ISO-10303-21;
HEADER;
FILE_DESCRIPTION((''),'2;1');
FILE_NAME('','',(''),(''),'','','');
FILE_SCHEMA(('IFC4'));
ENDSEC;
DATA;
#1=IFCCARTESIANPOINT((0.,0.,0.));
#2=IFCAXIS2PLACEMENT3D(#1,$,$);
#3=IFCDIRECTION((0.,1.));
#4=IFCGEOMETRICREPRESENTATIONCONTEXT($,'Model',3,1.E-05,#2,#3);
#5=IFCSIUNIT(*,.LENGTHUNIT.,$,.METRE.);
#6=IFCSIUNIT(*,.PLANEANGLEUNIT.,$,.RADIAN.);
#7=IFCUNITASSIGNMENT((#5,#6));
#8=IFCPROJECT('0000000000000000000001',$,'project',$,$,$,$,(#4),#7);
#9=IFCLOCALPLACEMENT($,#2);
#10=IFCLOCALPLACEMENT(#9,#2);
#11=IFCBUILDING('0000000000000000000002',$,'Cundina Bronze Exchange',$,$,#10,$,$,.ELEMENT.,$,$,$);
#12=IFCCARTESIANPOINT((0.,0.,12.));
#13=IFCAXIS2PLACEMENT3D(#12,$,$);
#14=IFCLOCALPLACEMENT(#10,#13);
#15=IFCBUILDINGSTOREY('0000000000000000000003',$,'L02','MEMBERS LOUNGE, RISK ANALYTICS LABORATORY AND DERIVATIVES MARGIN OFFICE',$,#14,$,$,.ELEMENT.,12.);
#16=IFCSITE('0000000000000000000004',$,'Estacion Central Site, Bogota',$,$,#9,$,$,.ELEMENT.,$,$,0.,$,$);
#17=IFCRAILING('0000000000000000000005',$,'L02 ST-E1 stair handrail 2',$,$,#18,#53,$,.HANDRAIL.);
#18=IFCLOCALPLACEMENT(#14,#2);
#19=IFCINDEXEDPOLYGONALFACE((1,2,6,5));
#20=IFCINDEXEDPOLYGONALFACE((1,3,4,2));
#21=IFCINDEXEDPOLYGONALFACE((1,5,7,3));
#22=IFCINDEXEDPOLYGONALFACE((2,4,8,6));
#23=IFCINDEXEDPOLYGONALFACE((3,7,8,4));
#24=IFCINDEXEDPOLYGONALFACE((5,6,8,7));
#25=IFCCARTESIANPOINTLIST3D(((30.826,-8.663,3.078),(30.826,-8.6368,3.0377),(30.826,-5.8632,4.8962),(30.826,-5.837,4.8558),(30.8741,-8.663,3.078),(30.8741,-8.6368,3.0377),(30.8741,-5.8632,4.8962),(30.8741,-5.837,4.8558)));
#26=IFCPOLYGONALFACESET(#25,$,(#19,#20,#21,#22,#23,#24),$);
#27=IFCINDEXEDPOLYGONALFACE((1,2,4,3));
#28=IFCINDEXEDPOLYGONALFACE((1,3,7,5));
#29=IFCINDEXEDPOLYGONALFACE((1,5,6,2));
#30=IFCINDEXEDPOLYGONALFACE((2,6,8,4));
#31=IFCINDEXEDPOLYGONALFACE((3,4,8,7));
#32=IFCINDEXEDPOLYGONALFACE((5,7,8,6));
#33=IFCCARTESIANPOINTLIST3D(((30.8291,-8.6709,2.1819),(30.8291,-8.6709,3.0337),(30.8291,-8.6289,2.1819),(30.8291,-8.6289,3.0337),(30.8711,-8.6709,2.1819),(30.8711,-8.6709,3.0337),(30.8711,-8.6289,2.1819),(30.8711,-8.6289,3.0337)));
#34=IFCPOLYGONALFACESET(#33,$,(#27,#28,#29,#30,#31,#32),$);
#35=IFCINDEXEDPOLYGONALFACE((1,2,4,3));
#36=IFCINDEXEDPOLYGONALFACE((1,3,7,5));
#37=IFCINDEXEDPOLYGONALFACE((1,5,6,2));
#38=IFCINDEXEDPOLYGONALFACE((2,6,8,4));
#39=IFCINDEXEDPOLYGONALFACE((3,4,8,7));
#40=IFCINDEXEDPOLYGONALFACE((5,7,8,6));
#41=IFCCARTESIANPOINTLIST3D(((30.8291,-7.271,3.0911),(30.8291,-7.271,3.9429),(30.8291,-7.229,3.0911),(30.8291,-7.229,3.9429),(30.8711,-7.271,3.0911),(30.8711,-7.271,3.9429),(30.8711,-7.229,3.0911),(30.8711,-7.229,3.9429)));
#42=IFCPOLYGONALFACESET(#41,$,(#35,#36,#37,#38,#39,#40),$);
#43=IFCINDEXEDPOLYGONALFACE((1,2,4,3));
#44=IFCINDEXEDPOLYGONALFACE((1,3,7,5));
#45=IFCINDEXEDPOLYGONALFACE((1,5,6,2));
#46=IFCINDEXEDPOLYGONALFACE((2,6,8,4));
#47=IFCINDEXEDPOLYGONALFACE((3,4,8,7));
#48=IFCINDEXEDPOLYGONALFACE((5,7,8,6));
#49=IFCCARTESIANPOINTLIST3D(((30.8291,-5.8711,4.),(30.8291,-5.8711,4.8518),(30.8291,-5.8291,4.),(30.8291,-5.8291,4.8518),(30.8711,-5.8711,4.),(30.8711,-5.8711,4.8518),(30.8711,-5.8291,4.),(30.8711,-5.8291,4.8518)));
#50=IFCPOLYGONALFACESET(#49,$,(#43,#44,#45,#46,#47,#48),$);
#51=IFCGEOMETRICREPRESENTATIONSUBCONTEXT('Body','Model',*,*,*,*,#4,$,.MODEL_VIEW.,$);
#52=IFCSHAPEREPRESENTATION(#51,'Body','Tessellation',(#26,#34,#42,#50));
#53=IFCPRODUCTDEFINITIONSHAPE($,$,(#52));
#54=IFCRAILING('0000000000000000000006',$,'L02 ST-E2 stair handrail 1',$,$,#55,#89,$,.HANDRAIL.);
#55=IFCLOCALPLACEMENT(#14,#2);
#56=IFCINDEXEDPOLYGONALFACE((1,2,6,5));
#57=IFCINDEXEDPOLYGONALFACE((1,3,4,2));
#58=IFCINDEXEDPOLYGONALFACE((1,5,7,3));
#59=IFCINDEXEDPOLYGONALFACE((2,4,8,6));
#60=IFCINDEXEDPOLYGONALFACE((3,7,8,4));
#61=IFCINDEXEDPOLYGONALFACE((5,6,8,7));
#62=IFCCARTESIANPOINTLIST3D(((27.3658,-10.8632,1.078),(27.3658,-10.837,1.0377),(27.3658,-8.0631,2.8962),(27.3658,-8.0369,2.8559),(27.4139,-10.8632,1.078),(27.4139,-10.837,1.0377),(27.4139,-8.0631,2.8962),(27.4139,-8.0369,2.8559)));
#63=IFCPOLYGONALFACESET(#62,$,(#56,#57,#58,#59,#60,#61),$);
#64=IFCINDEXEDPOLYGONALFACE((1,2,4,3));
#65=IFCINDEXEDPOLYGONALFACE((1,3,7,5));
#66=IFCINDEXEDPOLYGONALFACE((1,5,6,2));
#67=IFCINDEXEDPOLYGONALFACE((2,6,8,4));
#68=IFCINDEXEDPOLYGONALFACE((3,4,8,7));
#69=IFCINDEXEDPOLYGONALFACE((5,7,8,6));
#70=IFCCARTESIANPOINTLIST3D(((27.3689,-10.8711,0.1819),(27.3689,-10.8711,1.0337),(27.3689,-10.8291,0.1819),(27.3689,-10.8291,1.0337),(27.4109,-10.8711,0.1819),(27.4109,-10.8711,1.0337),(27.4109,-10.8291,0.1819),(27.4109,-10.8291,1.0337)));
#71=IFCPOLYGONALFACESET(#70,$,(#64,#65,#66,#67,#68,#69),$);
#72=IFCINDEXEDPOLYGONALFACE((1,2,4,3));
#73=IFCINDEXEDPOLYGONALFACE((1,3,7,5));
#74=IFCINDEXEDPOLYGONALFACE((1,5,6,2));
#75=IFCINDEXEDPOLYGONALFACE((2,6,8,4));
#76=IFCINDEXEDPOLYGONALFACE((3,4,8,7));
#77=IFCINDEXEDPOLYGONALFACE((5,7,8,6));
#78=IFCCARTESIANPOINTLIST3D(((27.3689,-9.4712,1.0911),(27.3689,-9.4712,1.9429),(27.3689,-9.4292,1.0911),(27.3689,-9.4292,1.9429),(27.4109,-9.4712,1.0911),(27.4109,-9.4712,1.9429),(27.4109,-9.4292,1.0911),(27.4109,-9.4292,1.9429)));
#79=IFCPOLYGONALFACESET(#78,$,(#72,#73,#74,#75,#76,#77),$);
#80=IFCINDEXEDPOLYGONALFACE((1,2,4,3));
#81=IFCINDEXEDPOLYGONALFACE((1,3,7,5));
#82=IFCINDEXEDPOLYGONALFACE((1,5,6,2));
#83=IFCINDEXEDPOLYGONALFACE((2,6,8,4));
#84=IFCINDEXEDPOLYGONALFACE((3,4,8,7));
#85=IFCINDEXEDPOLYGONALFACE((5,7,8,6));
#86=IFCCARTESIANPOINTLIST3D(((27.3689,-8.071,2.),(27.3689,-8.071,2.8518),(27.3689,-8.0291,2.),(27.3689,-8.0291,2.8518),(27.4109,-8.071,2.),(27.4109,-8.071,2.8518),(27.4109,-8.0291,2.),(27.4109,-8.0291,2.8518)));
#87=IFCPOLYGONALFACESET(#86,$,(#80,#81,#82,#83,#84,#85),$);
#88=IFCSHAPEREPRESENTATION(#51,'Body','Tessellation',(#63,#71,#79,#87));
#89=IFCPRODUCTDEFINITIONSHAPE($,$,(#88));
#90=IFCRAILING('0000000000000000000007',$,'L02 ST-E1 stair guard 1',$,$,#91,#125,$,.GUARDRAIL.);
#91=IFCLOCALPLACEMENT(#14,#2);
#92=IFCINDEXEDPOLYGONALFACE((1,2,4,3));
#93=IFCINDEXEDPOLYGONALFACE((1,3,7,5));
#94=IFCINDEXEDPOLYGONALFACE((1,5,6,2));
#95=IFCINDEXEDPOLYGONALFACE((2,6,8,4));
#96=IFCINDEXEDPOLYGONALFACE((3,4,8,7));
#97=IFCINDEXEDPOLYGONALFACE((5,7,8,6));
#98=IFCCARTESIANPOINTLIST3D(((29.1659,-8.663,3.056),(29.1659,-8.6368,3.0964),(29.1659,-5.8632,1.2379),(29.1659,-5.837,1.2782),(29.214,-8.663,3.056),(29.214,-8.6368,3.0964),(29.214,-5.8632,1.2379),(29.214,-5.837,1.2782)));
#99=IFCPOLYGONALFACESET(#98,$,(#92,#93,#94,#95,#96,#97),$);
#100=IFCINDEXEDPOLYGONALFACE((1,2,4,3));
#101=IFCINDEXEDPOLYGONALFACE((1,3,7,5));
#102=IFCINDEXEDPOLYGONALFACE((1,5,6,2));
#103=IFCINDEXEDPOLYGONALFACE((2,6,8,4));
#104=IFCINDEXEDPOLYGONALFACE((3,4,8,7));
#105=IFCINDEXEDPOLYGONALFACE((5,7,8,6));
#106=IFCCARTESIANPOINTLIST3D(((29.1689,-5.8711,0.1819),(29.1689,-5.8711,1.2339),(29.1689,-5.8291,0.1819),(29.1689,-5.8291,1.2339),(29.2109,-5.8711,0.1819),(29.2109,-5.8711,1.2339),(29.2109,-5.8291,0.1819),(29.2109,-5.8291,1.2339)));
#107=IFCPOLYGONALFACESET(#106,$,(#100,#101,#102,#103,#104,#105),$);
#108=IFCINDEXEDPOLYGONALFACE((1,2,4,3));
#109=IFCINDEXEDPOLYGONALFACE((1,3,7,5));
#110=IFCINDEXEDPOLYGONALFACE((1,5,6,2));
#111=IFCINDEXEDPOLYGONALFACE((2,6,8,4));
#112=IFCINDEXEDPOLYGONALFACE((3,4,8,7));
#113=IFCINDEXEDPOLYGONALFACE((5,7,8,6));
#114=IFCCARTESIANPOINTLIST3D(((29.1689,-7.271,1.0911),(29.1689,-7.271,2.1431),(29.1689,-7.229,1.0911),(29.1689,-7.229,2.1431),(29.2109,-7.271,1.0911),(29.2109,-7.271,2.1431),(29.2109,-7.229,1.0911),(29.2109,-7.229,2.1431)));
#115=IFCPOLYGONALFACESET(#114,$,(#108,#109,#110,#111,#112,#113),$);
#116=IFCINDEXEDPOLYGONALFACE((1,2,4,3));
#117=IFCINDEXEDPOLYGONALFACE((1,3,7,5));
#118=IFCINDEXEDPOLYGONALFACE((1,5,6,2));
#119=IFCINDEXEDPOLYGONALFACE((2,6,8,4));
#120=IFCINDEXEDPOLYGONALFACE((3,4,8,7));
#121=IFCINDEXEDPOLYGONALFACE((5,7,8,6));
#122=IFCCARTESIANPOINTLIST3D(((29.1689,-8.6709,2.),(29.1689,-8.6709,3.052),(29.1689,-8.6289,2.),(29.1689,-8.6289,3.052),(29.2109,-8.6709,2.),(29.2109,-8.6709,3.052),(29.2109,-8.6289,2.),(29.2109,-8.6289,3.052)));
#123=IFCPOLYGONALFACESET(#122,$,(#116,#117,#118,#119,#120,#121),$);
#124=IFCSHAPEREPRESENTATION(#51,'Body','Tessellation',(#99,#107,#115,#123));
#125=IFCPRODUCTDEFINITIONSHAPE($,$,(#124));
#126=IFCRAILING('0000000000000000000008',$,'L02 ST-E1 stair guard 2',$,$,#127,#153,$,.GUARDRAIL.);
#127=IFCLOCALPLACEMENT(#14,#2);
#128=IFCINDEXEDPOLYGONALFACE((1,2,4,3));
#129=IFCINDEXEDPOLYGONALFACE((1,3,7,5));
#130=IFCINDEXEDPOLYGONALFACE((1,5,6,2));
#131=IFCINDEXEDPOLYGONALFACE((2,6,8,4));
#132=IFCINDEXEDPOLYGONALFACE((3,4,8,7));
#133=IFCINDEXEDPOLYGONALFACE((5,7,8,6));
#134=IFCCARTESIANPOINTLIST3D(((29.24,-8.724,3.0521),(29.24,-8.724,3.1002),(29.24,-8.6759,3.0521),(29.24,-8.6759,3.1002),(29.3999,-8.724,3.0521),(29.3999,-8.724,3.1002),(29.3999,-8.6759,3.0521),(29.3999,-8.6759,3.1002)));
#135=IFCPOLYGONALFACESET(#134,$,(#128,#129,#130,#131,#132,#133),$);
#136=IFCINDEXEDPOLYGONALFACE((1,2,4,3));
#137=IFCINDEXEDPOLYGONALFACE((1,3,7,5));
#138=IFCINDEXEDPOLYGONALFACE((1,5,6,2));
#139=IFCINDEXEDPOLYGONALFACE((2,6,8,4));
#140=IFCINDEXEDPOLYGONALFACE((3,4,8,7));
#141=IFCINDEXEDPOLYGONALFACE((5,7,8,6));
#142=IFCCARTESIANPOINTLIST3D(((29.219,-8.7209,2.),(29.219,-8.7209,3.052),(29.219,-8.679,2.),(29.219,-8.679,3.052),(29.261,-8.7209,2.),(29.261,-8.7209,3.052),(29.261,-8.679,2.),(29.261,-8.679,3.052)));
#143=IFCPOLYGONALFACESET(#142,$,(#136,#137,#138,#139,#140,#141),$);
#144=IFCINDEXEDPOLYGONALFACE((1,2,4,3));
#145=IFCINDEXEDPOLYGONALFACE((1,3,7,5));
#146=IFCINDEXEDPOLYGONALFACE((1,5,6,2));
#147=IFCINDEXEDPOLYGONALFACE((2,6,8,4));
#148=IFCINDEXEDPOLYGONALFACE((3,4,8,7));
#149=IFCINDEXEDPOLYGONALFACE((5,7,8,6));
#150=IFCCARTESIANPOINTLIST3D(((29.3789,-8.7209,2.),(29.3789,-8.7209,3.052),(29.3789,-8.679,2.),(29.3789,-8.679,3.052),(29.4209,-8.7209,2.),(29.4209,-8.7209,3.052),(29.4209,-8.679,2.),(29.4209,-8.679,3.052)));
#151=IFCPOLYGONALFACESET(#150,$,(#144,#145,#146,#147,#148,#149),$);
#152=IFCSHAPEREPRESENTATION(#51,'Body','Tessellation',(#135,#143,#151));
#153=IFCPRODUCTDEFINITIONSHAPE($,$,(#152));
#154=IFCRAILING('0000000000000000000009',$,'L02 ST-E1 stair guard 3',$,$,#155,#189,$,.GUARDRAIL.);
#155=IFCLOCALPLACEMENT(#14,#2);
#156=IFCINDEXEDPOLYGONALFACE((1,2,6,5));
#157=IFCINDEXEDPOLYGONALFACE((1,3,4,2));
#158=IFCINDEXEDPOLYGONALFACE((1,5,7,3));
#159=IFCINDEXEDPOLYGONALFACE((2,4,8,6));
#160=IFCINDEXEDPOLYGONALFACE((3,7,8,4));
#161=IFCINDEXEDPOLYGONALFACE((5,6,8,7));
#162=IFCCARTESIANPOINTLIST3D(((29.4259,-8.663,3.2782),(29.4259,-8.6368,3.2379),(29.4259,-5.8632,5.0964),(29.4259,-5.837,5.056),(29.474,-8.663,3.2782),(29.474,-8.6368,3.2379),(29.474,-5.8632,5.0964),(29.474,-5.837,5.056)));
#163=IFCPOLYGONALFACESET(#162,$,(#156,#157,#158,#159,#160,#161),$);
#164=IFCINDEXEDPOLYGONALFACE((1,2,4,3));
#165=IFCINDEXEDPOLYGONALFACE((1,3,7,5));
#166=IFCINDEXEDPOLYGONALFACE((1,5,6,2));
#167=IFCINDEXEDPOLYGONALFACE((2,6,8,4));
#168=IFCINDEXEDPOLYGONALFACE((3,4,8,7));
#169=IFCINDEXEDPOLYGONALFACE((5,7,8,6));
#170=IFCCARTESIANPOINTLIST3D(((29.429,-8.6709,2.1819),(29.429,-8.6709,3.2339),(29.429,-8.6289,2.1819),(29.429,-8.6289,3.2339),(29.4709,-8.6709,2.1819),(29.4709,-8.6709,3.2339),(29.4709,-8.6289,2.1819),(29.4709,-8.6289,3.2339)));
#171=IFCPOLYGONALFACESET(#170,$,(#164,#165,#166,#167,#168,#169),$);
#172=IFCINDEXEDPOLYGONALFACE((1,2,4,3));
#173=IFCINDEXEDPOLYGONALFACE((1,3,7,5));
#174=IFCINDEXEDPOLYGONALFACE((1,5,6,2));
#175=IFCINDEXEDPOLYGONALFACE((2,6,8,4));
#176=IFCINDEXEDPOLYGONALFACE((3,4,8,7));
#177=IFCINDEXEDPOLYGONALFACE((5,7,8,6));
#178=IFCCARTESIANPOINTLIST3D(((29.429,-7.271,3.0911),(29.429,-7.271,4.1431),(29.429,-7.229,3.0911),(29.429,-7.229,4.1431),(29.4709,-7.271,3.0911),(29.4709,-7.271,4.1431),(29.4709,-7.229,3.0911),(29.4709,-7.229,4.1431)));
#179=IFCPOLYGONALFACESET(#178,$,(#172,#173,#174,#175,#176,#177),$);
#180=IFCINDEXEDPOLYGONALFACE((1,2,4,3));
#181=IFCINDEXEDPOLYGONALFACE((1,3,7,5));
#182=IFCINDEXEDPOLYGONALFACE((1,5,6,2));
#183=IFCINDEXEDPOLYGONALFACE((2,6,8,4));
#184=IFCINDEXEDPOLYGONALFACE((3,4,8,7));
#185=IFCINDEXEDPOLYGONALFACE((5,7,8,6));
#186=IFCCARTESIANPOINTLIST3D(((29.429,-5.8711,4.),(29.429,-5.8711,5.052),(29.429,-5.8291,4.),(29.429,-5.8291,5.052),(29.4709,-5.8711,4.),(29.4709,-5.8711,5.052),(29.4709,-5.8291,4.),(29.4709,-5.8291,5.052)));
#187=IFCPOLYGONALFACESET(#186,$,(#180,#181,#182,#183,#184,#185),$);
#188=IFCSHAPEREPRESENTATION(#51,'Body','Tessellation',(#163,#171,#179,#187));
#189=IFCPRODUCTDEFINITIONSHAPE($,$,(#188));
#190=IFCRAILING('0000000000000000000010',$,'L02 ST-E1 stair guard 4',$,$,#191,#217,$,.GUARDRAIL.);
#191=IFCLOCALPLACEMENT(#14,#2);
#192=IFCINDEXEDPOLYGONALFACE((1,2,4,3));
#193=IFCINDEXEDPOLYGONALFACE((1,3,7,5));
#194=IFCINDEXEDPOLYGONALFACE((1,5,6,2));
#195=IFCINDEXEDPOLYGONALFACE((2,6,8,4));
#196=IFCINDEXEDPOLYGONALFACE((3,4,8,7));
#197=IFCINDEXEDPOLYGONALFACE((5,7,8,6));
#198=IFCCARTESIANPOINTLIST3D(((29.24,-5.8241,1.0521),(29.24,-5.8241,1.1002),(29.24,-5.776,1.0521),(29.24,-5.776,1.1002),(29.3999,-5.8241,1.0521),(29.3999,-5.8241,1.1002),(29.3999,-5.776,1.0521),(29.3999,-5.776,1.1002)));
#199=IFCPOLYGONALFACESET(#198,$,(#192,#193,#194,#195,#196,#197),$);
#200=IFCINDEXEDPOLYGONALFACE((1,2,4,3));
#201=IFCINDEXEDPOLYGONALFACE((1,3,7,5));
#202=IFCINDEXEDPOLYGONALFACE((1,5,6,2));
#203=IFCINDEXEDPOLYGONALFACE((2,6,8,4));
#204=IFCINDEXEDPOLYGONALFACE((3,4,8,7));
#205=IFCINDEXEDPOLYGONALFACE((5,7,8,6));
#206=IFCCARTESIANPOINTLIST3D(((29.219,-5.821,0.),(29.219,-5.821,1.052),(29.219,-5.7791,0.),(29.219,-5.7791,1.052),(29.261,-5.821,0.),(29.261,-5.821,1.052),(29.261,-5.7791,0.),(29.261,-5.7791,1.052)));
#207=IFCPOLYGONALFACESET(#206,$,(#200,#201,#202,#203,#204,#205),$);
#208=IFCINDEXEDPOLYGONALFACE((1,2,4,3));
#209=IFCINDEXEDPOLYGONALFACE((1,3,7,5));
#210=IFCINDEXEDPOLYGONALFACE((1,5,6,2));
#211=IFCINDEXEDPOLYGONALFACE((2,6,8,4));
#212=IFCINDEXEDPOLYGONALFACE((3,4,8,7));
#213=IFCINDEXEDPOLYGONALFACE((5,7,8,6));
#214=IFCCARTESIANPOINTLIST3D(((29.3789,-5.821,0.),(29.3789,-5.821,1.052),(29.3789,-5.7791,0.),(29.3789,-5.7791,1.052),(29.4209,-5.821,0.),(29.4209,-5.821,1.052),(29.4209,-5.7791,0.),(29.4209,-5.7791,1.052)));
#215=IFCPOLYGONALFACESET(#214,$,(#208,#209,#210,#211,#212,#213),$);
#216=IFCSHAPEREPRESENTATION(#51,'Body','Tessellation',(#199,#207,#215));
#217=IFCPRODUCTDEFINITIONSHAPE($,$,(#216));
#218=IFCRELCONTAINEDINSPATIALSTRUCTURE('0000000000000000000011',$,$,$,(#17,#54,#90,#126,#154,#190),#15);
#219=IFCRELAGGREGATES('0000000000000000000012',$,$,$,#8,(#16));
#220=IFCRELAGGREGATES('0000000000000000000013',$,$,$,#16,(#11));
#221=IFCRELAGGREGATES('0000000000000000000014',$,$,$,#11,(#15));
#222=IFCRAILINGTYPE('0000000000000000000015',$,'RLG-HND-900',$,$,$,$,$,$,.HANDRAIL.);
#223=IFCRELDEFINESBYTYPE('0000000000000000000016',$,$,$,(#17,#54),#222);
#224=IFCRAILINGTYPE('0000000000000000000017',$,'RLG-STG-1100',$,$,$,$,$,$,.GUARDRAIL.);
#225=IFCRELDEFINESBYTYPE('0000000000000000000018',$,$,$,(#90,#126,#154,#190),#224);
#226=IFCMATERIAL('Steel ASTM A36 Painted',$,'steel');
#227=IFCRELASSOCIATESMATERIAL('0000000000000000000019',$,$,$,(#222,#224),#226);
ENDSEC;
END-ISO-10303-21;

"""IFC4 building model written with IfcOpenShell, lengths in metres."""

from ifc_helpers import new_model, si_unit, direction, frame, origin, origin_2d, place, context, subcontext, project, spatial, rectangle, extrude, material, type_object, element, save


model = new_model("IFC4")

# Units and contexts
model_context = context("Model", 3, precision=1e-05, world=origin(), true_north=direction((0.0, 1.0)))
body_context = subcontext(model_context, "Body", "Model", "MODEL_VIEW")
ifc_project = project(units=[si_unit("LENGTHUNIT", "METRE"), si_unit("PLANEANGLEUNIT", "RADIAN")], contexts=[model_context])

# Site, building, storey
site_placement = place(None, origin())
site = spatial("IfcSite", under=ifc_project, at=site_placement, Name="Estacion Central Site, Bogota", CompositionType="ELEMENT", RefElevation=0.0)
building_placement = place(site_placement, origin())
building = spatial("IfcBuilding", under=site, at=building_placement, Name="Cundina Bronze Exchange", CompositionType="ELEMENT")
storey_placement = place(building_placement, frame((0.0, 0.0, 12.0)))
storey = spatial("IfcBuildingStorey", under=building, at=storey_placement, Name="L02", Description="MEMBERS LOUNGE, RISK ANALYTICS LABORATORY AND DERIVATIVES MARGIN OFFICE", CompositionType="ELEMENT", Elevation=12.0)

# Shared definitions
ifc_material_1 = material(Name="Steel ASTM A36 Painted", Category="steel")

# Railings
railing_type_1 = type_object("IfcRailingType", Name="RLG-HND-900", PredefinedType="HANDRAIL", material=ifc_material_1)
railing_1_placement = place(storey_placement, frame((30.8501, -8.6499, 2.1819)))
element("IfcRailing", 1, at=railing_1_placement, inside=storey, type_object=railing_type_1, Name="L02 ST-E1 stair handrail 2", PredefinedType="HANDRAIL", context=body_context, shape_type="SweptSolid", body=[
    extrude(rectangle(XDim=0.0481, YDim=0.0481, at=origin_2d()), frame((0.0, 0.0, 0.876), z_axis=(0.0, 0.838684, 0.544618), x_axis=(-1.0, 0.0, 0.0)), (0.0, 0.0, 1.0), 3.3384),
    extrude(rectangle(XDim=0.042, YDim=0.042, at=origin_2d()), origin(), (0.0, 0.0, 1.0), 0.8518),
    extrude(rectangle(XDim=0.042, YDim=0.042, at=origin_2d()), frame((0.0, 1.3999, 0.9092)), (0.0, 0.0, 1.0), 0.8518),
    extrude(rectangle(XDim=0.042, YDim=0.042, at=origin_2d()), frame((0.0, 2.7998, 1.8181)), (0.0, 0.0, 1.0), 0.8518),
])
railing_2_placement = place(storey_placement, frame((27.3899, -10.8501, 0.1819)))
element("IfcRailing", 2, at=railing_2_placement, inside=storey, type_object=railing_type_1, Name="L02 ST-E2 stair handrail 1", PredefinedType="HANDRAIL", context=body_context, shape_type="SweptSolid", body=[
    extrude(rectangle(XDim=0.0481, YDim=0.0481, at=origin_2d()), frame((0.0, 0.0, 0.876), z_axis=(0.0, 0.838706, 0.544585), x_axis=(-1.0, 0.0, 0.0)), (0.0, 0.0, 1.0), 3.3386),
    extrude(rectangle(XDim=0.042, YDim=0.042, at=origin_2d()), origin(), (0.0, 0.0, 1.0), 0.8518),
    extrude(rectangle(XDim=0.042, YDim=0.042, at=origin_2d()), frame((0.0, 1.3999, 0.9092)), (0.0, 0.0, 1.0), 0.8518),
    extrude(rectangle(XDim=0.042, YDim=0.042, at=origin_2d()), frame((0.0, 2.8, 1.8181)), (0.0, 0.0, 1.0), 0.8518),
])
railing_type_2 = type_object("IfcRailingType", Name="RLG-STG-1100", PredefinedType="GUARDRAIL", material=ifc_material_1)
railing_3_placement = place(storey_placement, frame((29.1899, -5.8501, 0.1819)))
element("IfcRailing", 3, at=railing_3_placement, inside=storey, type_object=railing_type_2, Name="L02 ST-E1 stair guard 1", PredefinedType="GUARDRAIL", context=body_context, shape_type="SweptSolid", body=[
    extrude(rectangle(XDim=0.0481, YDim=0.0481, at=origin_2d()), frame((0.0, 0.0, 1.0762), z_axis=(0.0, -0.838684, 0.544618), x_axis=(1.0, 0.0, 0.0)), (0.0, 0.0, 1.0), 3.3384),
    extrude(rectangle(XDim=0.042, YDim=0.042, at=origin_2d()), origin(), (0.0, 0.0, 1.0), 1.052),
    extrude(rectangle(XDim=0.042, YDim=0.042, at=origin_2d()), frame((0.0, -1.3999, 0.9092)), (0.0, 0.0, 1.0), 1.052),
    extrude(rectangle(XDim=0.042, YDim=0.042, at=origin_2d()), frame((0.0, -2.7998, 1.8181)), (0.0, 0.0, 1.0), 1.052),
])
railing_4_placement = place(storey_placement, frame((29.24, -8.7, 2.0)))
element("IfcRailing", 4, at=railing_4_placement, inside=storey, type_object=railing_type_2, Name="L02 ST-E1 stair guard 2", PredefinedType="GUARDRAIL", context=body_context, shape_type="SweptSolid", body=[
    extrude(rectangle(XDim=0.0481, YDim=0.0481, at=origin_2d()), frame((0.0, 0.0, 1.0762), z_axis=(1.0, 0.0, 0.0), x_axis=(0.0, 1.0, 0.0)), (0.0, 0.0, 1.0), 0.1599),
    extrude(rectangle(XDim=0.042, YDim=0.042, at=origin_2d()), origin(), (0.0, 0.0, 1.0), 1.052),
    extrude(rectangle(XDim=0.042, YDim=0.042, at=origin_2d()), frame((0.1599, 0.0, 0.0)), (0.0, 0.0, 1.0), 1.052),
])
railing_5_placement = place(storey_placement, frame((29.45, -8.6499, 2.1819)))
element("IfcRailing", 5, at=railing_5_placement, inside=storey, type_object=railing_type_2, Name="L02 ST-E1 stair guard 3", PredefinedType="GUARDRAIL", context=body_context, shape_type="SweptSolid", body=[
    extrude(rectangle(XDim=0.0481, YDim=0.0481, at=origin_2d()), frame((0.0, 0.0, 1.0762), z_axis=(0.0, 0.838684, 0.544618), x_axis=(-1.0, 0.0, 0.0)), (0.0, 0.0, 1.0), 3.3384),
    extrude(rectangle(XDim=0.042, YDim=0.042, at=origin_2d()), origin(), (0.0, 0.0, 1.0), 1.052),
    extrude(rectangle(XDim=0.042, YDim=0.042, at=origin_2d()), frame((0.0, 1.3999, 0.9092)), (0.0, 0.0, 1.0), 1.052),
    extrude(rectangle(XDim=0.042, YDim=0.042, at=origin_2d()), frame((0.0, 2.7998, 1.8181)), (0.0, 0.0, 1.0), 1.052),
])
railing_6_placement = place(storey_placement, frame((29.24, -5.8, 0.0)))
element("IfcRailing", 6, at=railing_6_placement, inside=storey, type_object=railing_type_2, Name="L02 ST-E1 stair guard 4", PredefinedType="GUARDRAIL", context=body_context, shape_type="SweptSolid", body=[
    extrude(rectangle(XDim=0.0481, YDim=0.0481, at=origin_2d()), frame((0.0, 0.0, 1.0762), z_axis=(1.0, 0.0, 0.0), x_axis=(0.0, 1.0, 0.0)), (0.0, 0.0, 1.0), 0.1599),
    extrude(rectangle(XDim=0.042, YDim=0.042, at=origin_2d()), origin(), (0.0, 0.0, 1.0), 1.052),
    extrude(rectangle(XDim=0.042, YDim=0.042, at=origin_2d()), frame((0.1599, 0.0, 0.0)), (0.0, 0.0, 1.0), 1.052),
])

save(model, "model.ifc")
